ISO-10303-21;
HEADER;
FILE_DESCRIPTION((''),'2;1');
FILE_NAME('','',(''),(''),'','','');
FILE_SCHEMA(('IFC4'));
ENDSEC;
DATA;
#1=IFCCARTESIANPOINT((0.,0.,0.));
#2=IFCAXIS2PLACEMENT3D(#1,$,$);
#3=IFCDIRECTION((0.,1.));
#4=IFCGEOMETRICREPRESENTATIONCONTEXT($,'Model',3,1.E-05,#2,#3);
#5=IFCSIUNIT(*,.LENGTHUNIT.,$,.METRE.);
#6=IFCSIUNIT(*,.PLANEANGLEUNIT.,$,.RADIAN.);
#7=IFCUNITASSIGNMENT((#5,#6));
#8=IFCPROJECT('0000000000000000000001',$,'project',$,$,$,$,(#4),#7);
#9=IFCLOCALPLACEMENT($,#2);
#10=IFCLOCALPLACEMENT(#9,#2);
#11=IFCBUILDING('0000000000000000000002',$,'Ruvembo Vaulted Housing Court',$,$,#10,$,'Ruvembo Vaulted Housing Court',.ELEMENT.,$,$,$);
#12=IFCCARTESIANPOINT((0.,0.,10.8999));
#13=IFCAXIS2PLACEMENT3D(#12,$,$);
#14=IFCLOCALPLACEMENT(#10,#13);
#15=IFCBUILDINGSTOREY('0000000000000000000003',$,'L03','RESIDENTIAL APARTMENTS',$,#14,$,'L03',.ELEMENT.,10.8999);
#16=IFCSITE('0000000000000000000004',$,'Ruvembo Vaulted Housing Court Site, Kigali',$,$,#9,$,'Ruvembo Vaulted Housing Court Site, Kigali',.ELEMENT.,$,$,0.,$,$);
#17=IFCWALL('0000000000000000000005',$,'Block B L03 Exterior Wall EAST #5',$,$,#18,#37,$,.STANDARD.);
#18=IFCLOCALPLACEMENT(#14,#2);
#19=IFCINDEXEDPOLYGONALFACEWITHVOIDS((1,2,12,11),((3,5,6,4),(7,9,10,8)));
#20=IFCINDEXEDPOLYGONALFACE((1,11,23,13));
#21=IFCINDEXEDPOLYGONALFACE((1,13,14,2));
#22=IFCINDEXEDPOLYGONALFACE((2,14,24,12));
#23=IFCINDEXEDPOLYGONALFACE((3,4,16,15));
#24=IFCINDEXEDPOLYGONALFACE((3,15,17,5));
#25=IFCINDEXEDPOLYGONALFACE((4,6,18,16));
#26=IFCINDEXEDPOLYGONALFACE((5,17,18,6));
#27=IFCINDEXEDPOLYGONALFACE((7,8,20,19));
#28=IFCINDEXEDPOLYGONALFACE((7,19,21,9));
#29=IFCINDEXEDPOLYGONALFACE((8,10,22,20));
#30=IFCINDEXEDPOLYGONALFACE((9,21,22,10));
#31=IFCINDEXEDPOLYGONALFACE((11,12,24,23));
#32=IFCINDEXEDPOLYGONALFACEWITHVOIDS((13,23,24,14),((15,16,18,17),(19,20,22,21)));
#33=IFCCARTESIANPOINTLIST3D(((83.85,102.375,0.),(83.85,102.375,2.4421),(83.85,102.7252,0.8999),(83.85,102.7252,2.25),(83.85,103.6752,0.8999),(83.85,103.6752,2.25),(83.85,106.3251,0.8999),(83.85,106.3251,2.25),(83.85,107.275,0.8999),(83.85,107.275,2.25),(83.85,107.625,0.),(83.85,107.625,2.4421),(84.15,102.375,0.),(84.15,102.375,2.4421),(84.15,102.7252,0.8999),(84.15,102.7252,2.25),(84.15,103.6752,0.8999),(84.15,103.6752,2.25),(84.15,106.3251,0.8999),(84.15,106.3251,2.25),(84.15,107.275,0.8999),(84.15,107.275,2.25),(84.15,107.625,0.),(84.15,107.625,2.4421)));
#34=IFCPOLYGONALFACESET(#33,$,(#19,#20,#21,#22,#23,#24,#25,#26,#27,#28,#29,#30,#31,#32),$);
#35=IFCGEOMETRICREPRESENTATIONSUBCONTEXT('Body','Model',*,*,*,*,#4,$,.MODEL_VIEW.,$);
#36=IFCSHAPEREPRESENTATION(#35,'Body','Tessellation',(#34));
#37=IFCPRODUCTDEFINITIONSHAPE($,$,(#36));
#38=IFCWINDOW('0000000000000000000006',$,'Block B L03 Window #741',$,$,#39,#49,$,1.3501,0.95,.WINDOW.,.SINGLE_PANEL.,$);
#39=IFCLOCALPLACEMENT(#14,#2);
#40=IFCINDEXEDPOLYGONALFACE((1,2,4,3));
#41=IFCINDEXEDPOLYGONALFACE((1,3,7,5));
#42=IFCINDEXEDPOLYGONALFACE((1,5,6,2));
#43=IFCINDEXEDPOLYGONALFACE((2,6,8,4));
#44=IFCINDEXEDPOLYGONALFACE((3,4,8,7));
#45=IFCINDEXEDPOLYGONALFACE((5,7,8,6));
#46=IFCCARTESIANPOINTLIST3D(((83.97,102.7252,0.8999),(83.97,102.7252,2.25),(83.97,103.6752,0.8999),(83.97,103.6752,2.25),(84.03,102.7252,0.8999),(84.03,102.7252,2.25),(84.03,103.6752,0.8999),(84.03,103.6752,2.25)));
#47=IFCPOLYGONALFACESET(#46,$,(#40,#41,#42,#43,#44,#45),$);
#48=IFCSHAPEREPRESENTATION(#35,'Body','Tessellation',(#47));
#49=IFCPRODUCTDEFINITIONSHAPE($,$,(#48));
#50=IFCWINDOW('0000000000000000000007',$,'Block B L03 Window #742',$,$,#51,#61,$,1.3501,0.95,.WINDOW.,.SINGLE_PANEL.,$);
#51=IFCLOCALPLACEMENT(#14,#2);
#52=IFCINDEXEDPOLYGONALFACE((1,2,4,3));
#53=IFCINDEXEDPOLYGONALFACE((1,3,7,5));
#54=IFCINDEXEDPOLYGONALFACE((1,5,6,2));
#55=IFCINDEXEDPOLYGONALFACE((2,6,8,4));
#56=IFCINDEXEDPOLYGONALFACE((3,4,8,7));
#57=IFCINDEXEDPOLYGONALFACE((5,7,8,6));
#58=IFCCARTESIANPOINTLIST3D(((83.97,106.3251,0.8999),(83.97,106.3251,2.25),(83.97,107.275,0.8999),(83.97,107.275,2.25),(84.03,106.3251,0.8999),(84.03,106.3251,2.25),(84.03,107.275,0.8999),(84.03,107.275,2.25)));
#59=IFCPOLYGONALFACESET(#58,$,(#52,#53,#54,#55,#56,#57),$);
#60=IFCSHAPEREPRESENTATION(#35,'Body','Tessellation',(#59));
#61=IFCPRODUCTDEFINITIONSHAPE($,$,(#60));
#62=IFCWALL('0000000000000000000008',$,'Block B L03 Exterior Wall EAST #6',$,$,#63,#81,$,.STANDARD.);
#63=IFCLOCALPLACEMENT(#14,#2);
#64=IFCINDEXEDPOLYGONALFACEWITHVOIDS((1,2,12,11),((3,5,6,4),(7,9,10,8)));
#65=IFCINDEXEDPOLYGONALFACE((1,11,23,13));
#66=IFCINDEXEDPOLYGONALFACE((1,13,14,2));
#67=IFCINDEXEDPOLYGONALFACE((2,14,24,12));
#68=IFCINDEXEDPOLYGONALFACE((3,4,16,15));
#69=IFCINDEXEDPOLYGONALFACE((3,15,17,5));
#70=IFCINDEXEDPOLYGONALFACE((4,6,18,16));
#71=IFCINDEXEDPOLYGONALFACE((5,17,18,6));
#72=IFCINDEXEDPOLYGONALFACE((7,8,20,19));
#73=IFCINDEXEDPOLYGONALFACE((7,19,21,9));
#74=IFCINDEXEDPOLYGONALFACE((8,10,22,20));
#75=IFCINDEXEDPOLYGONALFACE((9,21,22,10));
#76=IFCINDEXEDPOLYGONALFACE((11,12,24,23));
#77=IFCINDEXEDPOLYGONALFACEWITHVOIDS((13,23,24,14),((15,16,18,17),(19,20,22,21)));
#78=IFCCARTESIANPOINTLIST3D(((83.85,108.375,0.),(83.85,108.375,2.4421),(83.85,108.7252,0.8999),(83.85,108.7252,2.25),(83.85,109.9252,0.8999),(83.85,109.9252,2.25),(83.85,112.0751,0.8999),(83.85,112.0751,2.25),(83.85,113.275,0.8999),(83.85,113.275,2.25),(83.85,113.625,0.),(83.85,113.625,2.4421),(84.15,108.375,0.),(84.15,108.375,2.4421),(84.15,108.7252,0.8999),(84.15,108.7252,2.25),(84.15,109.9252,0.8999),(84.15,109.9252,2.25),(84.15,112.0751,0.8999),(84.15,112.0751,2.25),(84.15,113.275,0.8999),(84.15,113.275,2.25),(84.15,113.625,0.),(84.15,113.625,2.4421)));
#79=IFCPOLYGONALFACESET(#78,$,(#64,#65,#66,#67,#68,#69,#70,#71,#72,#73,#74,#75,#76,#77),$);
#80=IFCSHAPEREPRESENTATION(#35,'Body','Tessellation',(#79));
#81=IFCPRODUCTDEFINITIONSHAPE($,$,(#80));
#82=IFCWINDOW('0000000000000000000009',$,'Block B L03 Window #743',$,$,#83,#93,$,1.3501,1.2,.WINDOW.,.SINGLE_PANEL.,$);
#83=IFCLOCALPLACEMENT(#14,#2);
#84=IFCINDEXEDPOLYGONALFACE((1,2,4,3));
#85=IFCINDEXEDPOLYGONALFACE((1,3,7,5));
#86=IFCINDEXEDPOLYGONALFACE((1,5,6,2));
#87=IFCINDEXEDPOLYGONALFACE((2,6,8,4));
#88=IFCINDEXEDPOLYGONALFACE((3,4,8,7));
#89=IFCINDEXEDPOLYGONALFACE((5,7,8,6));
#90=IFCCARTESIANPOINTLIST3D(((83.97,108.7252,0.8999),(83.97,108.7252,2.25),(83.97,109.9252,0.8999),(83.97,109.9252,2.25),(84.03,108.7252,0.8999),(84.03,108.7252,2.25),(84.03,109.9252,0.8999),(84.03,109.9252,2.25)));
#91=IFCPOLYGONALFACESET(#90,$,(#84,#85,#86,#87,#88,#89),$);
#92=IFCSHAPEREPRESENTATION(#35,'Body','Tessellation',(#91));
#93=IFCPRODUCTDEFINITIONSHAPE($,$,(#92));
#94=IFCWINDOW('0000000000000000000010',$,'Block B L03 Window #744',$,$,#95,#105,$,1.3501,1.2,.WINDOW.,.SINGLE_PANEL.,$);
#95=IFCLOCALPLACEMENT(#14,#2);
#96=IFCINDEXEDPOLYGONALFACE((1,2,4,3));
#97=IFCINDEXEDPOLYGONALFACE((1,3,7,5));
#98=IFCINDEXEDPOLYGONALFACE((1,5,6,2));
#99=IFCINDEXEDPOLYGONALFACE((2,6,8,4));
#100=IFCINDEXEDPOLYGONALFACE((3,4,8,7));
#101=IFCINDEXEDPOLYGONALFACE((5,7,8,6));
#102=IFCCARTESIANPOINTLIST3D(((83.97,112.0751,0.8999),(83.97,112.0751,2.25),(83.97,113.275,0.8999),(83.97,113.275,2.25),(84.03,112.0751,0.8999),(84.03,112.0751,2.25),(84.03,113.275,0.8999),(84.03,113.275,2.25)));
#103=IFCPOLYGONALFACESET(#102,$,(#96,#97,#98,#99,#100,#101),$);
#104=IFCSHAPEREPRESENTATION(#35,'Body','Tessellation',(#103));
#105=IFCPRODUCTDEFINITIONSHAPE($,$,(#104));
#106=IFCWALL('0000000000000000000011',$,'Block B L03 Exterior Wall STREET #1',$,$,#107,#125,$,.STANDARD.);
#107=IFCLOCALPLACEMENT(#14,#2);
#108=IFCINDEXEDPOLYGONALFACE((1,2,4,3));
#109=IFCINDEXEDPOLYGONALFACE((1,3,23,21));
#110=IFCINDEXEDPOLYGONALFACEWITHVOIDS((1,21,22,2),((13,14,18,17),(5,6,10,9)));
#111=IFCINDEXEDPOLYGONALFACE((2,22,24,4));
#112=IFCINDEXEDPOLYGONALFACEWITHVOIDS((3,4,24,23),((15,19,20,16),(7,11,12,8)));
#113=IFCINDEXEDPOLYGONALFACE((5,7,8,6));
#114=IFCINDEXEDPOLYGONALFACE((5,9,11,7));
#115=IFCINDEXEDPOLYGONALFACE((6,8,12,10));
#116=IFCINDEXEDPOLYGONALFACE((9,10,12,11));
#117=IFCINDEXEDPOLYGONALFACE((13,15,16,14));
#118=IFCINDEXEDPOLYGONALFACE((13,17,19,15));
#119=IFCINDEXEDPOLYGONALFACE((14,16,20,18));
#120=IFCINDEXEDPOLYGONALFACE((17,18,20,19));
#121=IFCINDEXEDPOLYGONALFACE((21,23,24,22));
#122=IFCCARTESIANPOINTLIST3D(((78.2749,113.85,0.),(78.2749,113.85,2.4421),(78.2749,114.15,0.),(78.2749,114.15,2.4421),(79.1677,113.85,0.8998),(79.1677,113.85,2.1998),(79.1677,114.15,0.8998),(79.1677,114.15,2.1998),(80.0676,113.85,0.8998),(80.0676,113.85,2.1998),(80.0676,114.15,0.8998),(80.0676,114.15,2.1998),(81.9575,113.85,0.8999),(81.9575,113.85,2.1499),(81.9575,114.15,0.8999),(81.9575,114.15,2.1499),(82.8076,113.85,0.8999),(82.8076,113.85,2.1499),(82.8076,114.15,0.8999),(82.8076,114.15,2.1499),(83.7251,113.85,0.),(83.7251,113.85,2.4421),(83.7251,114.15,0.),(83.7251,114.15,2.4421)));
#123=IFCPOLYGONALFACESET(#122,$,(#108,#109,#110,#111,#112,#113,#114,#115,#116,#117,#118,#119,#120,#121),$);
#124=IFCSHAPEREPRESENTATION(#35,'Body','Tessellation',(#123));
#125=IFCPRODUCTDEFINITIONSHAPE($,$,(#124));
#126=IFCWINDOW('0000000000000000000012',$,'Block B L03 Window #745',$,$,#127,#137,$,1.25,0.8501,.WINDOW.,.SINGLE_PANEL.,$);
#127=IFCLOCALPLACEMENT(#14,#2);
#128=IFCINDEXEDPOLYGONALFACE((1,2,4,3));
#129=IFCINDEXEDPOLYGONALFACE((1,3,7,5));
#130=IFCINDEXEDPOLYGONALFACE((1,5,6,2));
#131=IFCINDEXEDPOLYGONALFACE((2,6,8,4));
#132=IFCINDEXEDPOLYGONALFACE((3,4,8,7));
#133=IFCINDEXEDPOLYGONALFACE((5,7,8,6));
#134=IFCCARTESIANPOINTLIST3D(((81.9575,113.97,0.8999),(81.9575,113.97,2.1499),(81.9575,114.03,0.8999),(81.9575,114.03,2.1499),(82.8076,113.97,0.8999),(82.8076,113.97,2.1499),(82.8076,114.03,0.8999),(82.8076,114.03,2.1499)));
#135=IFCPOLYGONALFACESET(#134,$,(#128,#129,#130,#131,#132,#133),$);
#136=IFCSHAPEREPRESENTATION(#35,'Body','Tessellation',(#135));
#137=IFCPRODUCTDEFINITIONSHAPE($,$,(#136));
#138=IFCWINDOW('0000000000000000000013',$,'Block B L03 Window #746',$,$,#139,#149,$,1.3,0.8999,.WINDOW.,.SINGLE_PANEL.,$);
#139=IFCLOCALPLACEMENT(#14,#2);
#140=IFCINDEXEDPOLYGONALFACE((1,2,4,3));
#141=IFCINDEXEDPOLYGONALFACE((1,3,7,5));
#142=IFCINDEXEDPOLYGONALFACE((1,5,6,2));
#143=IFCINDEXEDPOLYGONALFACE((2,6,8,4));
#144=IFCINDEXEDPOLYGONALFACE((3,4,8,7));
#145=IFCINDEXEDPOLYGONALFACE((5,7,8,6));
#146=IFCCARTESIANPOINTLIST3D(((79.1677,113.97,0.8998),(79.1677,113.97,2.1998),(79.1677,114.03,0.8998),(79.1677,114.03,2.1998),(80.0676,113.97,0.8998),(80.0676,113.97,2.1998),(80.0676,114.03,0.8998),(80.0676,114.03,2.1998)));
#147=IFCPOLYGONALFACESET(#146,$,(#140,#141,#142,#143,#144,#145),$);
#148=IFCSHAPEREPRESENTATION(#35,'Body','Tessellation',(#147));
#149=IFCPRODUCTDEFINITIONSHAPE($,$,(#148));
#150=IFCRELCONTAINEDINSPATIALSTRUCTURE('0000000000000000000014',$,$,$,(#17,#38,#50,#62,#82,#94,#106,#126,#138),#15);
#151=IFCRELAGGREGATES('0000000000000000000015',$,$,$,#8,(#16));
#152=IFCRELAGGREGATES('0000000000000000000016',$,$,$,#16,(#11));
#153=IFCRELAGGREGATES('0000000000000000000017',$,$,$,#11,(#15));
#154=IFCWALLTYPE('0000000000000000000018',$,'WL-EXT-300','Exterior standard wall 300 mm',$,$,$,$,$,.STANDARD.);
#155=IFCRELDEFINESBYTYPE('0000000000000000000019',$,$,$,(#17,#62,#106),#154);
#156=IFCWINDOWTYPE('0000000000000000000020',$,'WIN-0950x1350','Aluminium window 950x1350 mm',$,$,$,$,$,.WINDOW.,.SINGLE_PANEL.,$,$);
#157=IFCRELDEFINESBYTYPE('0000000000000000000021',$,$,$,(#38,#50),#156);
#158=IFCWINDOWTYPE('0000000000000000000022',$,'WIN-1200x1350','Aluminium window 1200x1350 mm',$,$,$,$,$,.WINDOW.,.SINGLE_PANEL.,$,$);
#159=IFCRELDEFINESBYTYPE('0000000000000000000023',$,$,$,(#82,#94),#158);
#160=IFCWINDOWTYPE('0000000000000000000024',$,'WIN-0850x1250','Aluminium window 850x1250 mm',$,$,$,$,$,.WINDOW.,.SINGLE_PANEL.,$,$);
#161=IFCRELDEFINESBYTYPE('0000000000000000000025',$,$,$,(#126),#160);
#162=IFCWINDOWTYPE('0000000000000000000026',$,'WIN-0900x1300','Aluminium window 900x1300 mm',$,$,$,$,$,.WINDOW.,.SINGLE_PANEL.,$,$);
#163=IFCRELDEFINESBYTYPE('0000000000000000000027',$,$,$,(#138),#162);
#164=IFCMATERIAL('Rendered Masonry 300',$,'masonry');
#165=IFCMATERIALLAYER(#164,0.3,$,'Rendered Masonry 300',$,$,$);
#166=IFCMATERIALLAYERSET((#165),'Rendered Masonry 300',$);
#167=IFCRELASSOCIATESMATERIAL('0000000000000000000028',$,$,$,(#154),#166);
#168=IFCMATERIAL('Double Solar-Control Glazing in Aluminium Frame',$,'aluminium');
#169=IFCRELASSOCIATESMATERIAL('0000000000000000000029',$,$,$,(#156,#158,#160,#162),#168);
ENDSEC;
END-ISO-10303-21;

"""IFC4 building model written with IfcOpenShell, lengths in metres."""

from ifc_helpers import new_model, si_unit, direction, frame, frame_2d, origin, place, context, subcontext, project, spatial, rectangle, extrude, material, layer, layer_set, type_object, element, fill, save


model = new_model("IFC4")

# Units and contexts
model_context = context("Model", 3, precision=1e-05, world=origin(), true_north=direction((0.0, 1.0)))
body_context = subcontext(model_context, "Body", "Model", "MODEL_VIEW")
ifc_project = project(units=[si_unit("LENGTHUNIT", "METRE"), si_unit("PLANEANGLEUNIT", "RADIAN")], contexts=[model_context])

# Site, building, storey
site_placement = place(None, origin())
site = spatial("IfcSite", under=ifc_project, at=site_placement, Name="Ruvembo Vaulted Housing Court Site, Kigali", LongName="Ruvembo Vaulted Housing Court Site, Kigali", CompositionType="ELEMENT", RefElevation=0.0)
building_placement = place(site_placement, origin())
building = spatial("IfcBuilding", under=site, at=building_placement, Name="Ruvembo Vaulted Housing Court", LongName="Ruvembo Vaulted Housing Court", CompositionType="ELEMENT")
storey_placement = place(building_placement, frame((0.0, 0.0, 10.8999)))
storey = spatial("IfcBuildingStorey", under=building, at=storey_placement, Name="L03", Description="RESIDENTIAL APARTMENTS", LongName="L03", CompositionType="ELEMENT", Elevation=10.8999)

# Walls, openings, windows
ifc_material_1 = material(Name="Rendered Masonry 300", Category="masonry")
ifc_layer_1 = layer(ifc_material_1, 0.3, Name="Rendered Masonry 300")
ifc_layer_set_1 = layer_set([ifc_layer_1], Name="Rendered Masonry 300")
wall_type_1 = type_object("IfcWallType", Name="WL-EXT-300", Description="Exterior standard wall 300 mm", PredefinedType="STANDARD", material=ifc_layer_set_1)
wall_1_placement = place(storey_placement, frame((84.0, 102.375, 0.0), z_axis=(0.0, 0.0, 1.0), x_axis=(0.0, 1.0, 0.0)))
wall_1 = element("IfcWall", 1, at=wall_1_placement, inside=storey, type_object=wall_type_1, Name="Block B L03 Exterior Wall EAST #5", PredefinedType="STANDARD", context=body_context, shape_type="SweptSolid", body=[
    extrude(rectangle(XDim=5.25, YDim=0.3, at=frame_2d((2.625, 0.0))), origin(), (0.0, 0.0, 1.0), 2.4421),
])
opening_1_placement = place(wall_1_placement, frame((0.3501, 0.0, 0.8999)))
opening_1 = element("IfcOpeningElement", 2, at=opening_1_placement, cuts=wall_1, PredefinedType="OPENING", context=body_context, shape_type="SweptSolid", body=[
    extrude(rectangle(XDim=0.95, YDim=1.3501, at=frame_2d((0.4751, 0.675))), frame((0.0, 0.1599, 0.0), z_axis=(0.0, -1.0, 0.0), x_axis=(1.0, 0.0, 0.0)), (0.0, 0.0, 1.0), 0.3201),
])
opening_2_placement = place(wall_1_placement, frame((3.95, 0.0, 0.8999)))
opening_2 = element("IfcOpeningElement", 3, at=opening_2_placement, cuts=wall_1, PredefinedType="OPENING", context=body_context, shape_type="SweptSolid", body=[
    extrude(rectangle(XDim=0.95, YDim=1.3501, at=frame_2d((0.4751, 0.675))), frame((0.0, 0.1599, 0.0), z_axis=(0.0, -1.0, 0.0), x_axis=(1.0, 0.0, 0.0)), (0.0, 0.0, 1.0), 0.3201),
])
ifc_material_2 = material(Name="Double Solar-Control Glazing in Aluminium Frame", Category="aluminium")
window_type_1 = type_object("IfcWindowType", Name="WIN-0950x1350", Description="Aluminium window 950x1350 mm", PartitioningType="SINGLE_PANEL", PredefinedType="WINDOW", material=ifc_material_2)
window_1_placement = place(opening_1_placement, origin())
window_1 = element("IfcWindow", 4, at=window_1_placement, inside=storey, type_object=window_type_1, Name="Block B L03 Window #741", OverallHeight=1.3501, OverallWidth=0.95, PartitioningType="SINGLE_PANEL", PredefinedType="WINDOW", context=body_context, shape_type="SweptSolid", body=[
    extrude(rectangle(XDim=0.95, YDim=1.3501, at=frame_2d((0.4751, 0.675))), frame((0.0, 0.03, 0.0), z_axis=(0.0, -1.0, 0.0), x_axis=(1.0, 0.0, 0.0)), (0.0, 0.0, 1.0), 0.0601),
])
fill(opening_1, window_1)
window_2_placement = place(opening_2_placement, origin())
window_2 = element("IfcWindow", 5, at=window_2_placement, inside=storey, type_object=window_type_1, Name="Block B L03 Window #742", OverallHeight=1.3501, OverallWidth=0.95, PartitioningType="SINGLE_PANEL", PredefinedType="WINDOW", context=body_context, shape_type="SweptSolid", body=[
    extrude(rectangle(XDim=0.95, YDim=1.3501, at=frame_2d((0.4751, 0.675))), frame((0.0, 0.03, 0.0), z_axis=(0.0, -1.0, 0.0), x_axis=(1.0, 0.0, 0.0)), (0.0, 0.0, 1.0), 0.0601),
])
fill(opening_2, window_2)
wall_2_placement = place(storey_placement, frame((84.0, 108.375, 0.0), z_axis=(0.0, 0.0, 1.0), x_axis=(0.0, 1.0, 0.0)))
wall_2 = element("IfcWall", 6, at=wall_2_placement, inside=storey, type_object=wall_type_1, Name="Block B L03 Exterior Wall EAST #6", PredefinedType="STANDARD", context=body_context, shape_type="SweptSolid", body=[
    extrude(rectangle(XDim=5.25, YDim=0.3, at=frame_2d((2.625, 0.0))), origin(), (0.0, 0.0, 1.0), 2.4421),
])
opening_3_placement = place(wall_2_placement, frame((0.3501, 0.0, 0.8999)))
opening_3 = element("IfcOpeningElement", 7, at=opening_3_placement, cuts=wall_2, PredefinedType="OPENING", context=body_context, shape_type="SweptSolid", body=[
    extrude(rectangle(XDim=1.2, YDim=1.3501, at=frame_2d((0.6001, 0.675))), frame((0.0, 0.1599, 0.0), z_axis=(0.0, -1.0, 0.0), x_axis=(1.0, 0.0, 0.0)), (0.0, 0.0, 1.0), 0.3201),
])
opening_4_placement = place(wall_2_placement, frame((3.7, 0.0, 0.8999)))
opening_4 = element("IfcOpeningElement", 8, at=opening_4_placement, cuts=wall_2, PredefinedType="OPENING", context=body_context, shape_type="SweptSolid", body=[
    extrude(rectangle(XDim=1.2, YDim=1.3501, at=frame_2d((0.6001, 0.675))), frame((0.0, 0.1599, 0.0), z_axis=(0.0, -1.0, 0.0), x_axis=(1.0, 0.0, 0.0)), (0.0, 0.0, 1.0), 0.3201),
])
window_type_2 = type_object("IfcWindowType", Name="WIN-1200x1350", Description="Aluminium window 1200x1350 mm", PartitioningType="SINGLE_PANEL", PredefinedType="WINDOW", material=ifc_material_2)
window_3_placement = place(opening_3_placement, origin())
window_3 = element("IfcWindow", 9, at=window_3_placement, inside=storey, type_object=window_type_2, Name="Block B L03 Window #743", OverallHeight=1.3501, OverallWidth=1.2, PartitioningType="SINGLE_PANEL", PredefinedType="WINDOW", context=body_context, shape_type="SweptSolid", body=[
    extrude(rectangle(XDim=1.2, YDim=1.3501, at=frame_2d((0.6001, 0.675))), frame((0.0, 0.03, 0.0), z_axis=(0.0, -1.0, 0.0), x_axis=(1.0, 0.0, 0.0)), (0.0, 0.0, 1.0), 0.0601),
])
fill(opening_3, window_3)
window_4_placement = place(opening_4_placement, origin())
window_4 = element("IfcWindow", 10, at=window_4_placement, inside=storey, type_object=window_type_2, Name="Block B L03 Window #744", OverallHeight=1.3501, OverallWidth=1.2, PartitioningType="SINGLE_PANEL", PredefinedType="WINDOW", context=body_context, shape_type="SweptSolid", body=[
    extrude(rectangle(XDim=1.2, YDim=1.3501, at=frame_2d((0.6001, 0.675))), frame((0.0, 0.03, 0.0), z_axis=(0.0, -1.0, 0.0), x_axis=(1.0, 0.0, 0.0)), (0.0, 0.0, 1.0), 0.0601),
])
fill(opening_4, window_4)
wall_3_placement = place(storey_placement, frame((83.7251, 114.0, 0.0), z_axis=(0.0, 0.0, 1.0), x_axis=(-1.0, 0.0, 0.0)))
wall_3 = element("IfcWall", 11, at=wall_3_placement, inside=storey, type_object=wall_type_1, Name="Block B L03 Exterior Wall STREET #1", PredefinedType="STANDARD", context=body_context, shape_type="SweptSolid", body=[
    extrude(rectangle(XDim=5.4502, YDim=0.3, at=frame_2d((2.7251, 0.0))), origin(), (0.0, 0.0, 1.0), 2.4421),
])
opening_5_placement = place(wall_3_placement, frame((0.9175, 0.0, 0.8999)))
opening_5 = element("IfcOpeningElement", 12, at=opening_5_placement, cuts=wall_3, PredefinedType="OPENING", context=body_context, shape_type="SweptSolid", body=[
    extrude(rectangle(XDim=0.8501, YDim=1.25, at=frame_2d((0.425, 0.625))), frame((0.0, 0.1599, 0.0), z_axis=(0.0, -1.0, 0.0), x_axis=(1.0, 0.0, 0.0)), (0.0, 0.0, 1.0), 0.3201),
])
opening_6_placement = place(wall_3_placement, frame((3.6575, 0.0, 0.8999)))
opening_6 = element("IfcOpeningElement", 13, at=opening_6_placement, cuts=wall_3, PredefinedType="OPENING", context=body_context, shape_type="SweptSolid", body=[
    extrude(rectangle(XDim=0.8999, YDim=1.3, at=frame_2d((0.45, 0.6499))), frame((0.0, 0.1599, 0.0), z_axis=(0.0, -1.0, 0.0), x_axis=(1.0, 0.0, 0.0)), (0.0, 0.0, 1.0), 0.3201),
])
window_type_3 = type_object("IfcWindowType", Name="WIN-0850x1250", Description="Aluminium window 850x1250 mm", PartitioningType="SINGLE_PANEL", PredefinedType="WINDOW", material=ifc_material_2)
window_5_placement = place(opening_5_placement, origin())
window_5 = element("IfcWindow", 14, at=window_5_placement, inside=storey, type_object=window_type_3, Name="Block B L03 Window #745", OverallHeight=1.25, OverallWidth=0.8501, PartitioningType="SINGLE_PANEL", PredefinedType="WINDOW", context=body_context, shape_type="SweptSolid", body=[
    extrude(rectangle(XDim=0.8501, YDim=1.25, at=frame_2d((0.425, 0.625))), frame((0.0, 0.03, 0.0), z_axis=(0.0, -1.0, 0.0), x_axis=(1.0, 0.0, 0.0)), (0.0, 0.0, 1.0), 0.0601),
])
fill(opening_5, window_5)
window_type_4 = type_object("IfcWindowType", Name="WIN-0900x1300", Description="Aluminium window 900x1300 mm", PartitioningType="SINGLE_PANEL", PredefinedType="WINDOW", material=ifc_material_2)
window_6_placement = place(opening_6_placement, origin())
window_6 = element("IfcWindow", 15, at=window_6_placement, inside=storey, type_object=window_type_4, Name="Block B L03 Window #746", OverallHeight=1.3, OverallWidth=0.8999, PartitioningType="SINGLE_PANEL", PredefinedType="WINDOW", context=body_context, shape_type="SweptSolid", body=[
    extrude(rectangle(XDim=0.8999, YDim=1.3, at=frame_2d((0.45, 0.6499))), frame((0.0, 0.03, 0.0), z_axis=(0.0, -1.0, 0.0), x_axis=(1.0, 0.0, 0.0)), (0.0, 0.0, 1.0), 0.0601),
])
fill(opening_6, window_6)

save(model, "model.ifc")
